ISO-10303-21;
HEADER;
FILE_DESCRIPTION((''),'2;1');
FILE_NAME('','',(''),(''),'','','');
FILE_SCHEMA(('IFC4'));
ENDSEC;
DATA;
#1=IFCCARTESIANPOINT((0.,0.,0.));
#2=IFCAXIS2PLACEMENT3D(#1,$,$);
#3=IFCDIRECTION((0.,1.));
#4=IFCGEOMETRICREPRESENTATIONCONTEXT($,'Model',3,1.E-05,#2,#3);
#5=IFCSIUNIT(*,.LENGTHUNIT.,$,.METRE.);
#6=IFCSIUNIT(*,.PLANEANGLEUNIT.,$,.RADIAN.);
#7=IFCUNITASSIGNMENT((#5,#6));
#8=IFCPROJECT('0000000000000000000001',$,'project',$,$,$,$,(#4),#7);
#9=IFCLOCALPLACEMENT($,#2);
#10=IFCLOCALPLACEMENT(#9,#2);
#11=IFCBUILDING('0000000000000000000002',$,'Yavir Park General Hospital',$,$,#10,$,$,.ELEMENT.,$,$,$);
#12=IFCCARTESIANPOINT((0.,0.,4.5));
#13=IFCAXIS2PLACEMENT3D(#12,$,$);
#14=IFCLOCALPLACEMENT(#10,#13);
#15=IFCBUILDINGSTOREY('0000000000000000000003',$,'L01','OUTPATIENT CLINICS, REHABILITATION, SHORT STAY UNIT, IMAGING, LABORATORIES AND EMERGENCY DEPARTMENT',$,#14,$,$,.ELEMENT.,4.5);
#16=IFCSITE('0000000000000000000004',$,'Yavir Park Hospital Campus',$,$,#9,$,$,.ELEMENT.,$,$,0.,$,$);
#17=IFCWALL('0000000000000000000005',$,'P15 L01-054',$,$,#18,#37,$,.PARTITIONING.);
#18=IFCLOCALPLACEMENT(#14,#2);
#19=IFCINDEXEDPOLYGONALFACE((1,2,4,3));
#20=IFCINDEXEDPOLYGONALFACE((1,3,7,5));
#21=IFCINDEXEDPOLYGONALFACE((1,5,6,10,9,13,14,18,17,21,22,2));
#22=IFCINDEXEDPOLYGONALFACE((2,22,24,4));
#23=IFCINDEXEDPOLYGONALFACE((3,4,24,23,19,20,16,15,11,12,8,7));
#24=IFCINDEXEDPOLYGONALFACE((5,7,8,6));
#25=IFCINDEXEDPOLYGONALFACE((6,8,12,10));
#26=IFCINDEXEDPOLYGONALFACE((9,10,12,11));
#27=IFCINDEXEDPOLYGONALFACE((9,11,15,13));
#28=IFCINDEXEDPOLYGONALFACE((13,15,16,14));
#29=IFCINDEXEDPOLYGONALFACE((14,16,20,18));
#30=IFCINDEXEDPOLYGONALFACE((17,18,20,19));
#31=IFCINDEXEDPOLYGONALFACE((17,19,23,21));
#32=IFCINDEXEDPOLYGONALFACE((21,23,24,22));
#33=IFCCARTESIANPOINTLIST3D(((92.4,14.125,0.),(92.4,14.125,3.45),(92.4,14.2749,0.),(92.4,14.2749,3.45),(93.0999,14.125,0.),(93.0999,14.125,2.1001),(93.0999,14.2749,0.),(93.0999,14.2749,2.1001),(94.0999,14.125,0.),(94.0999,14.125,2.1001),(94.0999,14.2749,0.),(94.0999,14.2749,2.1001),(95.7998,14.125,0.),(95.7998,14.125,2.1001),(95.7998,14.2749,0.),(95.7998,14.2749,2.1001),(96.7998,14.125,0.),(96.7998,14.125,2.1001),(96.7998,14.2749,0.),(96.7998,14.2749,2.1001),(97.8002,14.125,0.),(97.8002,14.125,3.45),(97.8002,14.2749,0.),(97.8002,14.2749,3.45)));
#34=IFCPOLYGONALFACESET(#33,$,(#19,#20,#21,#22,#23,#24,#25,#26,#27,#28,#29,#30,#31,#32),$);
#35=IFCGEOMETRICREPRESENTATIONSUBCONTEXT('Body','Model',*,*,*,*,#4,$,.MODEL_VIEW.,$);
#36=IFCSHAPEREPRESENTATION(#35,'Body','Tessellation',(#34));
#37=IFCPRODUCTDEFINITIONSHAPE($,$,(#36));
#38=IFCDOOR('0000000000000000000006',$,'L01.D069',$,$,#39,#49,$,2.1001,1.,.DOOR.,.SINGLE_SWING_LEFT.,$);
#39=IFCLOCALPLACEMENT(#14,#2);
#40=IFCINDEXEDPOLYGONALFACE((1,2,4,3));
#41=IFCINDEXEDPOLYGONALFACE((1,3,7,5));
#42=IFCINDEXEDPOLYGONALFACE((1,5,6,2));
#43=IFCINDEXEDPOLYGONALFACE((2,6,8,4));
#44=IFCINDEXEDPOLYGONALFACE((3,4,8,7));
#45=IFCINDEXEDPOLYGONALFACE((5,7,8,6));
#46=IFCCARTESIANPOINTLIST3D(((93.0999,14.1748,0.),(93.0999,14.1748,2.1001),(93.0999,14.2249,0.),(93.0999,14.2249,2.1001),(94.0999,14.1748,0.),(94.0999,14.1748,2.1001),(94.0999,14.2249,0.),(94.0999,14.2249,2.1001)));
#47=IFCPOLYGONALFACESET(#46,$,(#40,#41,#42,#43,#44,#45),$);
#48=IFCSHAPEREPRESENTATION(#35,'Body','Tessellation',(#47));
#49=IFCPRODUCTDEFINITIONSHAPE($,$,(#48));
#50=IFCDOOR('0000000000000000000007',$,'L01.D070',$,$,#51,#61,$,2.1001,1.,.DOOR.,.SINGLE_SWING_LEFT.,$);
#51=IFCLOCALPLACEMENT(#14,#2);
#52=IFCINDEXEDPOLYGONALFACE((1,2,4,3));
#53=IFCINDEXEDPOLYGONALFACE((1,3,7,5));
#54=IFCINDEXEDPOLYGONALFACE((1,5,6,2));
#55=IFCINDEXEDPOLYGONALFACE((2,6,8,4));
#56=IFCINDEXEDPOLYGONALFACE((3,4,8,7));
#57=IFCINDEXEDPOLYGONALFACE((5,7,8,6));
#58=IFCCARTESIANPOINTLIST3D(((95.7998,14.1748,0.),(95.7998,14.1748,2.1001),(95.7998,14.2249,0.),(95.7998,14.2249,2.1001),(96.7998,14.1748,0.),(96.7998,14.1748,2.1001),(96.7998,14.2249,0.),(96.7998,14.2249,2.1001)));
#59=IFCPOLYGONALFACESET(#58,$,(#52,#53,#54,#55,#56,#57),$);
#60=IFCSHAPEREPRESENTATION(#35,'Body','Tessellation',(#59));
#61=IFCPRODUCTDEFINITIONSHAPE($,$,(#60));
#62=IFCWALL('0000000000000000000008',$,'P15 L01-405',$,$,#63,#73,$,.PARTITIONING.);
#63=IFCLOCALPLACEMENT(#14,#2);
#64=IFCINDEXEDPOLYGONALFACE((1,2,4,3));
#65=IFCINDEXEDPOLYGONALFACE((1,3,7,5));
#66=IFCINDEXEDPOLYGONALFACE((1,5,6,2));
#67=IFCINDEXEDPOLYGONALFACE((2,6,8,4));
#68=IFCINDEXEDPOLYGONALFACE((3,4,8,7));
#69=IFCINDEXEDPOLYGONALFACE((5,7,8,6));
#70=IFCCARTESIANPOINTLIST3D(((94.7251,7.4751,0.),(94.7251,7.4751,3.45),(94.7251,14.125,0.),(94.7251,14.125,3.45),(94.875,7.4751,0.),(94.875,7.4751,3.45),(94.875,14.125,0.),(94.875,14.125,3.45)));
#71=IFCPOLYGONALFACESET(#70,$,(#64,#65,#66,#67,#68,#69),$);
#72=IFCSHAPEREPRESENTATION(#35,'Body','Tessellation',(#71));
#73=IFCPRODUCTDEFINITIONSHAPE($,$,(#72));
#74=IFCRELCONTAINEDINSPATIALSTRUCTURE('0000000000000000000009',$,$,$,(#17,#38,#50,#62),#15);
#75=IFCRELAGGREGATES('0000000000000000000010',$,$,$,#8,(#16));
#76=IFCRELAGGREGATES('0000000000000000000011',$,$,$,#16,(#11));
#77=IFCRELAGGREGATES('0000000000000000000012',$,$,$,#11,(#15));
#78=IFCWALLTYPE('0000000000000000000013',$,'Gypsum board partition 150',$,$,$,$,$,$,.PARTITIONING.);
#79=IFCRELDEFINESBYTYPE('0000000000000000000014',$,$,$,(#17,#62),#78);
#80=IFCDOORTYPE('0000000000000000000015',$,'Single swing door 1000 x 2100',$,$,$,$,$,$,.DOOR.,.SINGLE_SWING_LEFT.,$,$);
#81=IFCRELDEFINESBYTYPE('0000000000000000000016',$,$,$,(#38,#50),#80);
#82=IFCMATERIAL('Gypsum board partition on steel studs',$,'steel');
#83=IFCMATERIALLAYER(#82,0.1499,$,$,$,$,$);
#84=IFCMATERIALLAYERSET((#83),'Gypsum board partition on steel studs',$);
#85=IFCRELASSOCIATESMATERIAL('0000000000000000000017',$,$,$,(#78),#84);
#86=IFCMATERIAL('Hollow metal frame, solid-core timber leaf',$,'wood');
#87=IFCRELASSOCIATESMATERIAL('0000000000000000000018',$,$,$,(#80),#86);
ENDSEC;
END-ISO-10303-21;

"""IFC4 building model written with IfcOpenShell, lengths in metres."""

from ifc_helpers import new_model, si_unit, direction, frame, frame_2d, origin, place, context, subcontext, project, spatial, rectangle, extrude, material, layer, layer_set, type_object, element, fill, save


model = new_model("IFC4")

# Units and contexts
model_context = context("Model", 3, precision=1e-05, world=origin(), true_north=direction((0.0, 1.0)))
body_context = subcontext(model_context, "Body", "Model", "MODEL_VIEW")
ifc_project = project(units=[si_unit("LENGTHUNIT", "METRE"), si_unit("PLANEANGLEUNIT", "RADIAN")], contexts=[model_context])

# Site, building, storey
site_placement = place(None, origin())
site = spatial("IfcSite", under=ifc_project, at=site_placement, Name="Yavir Park Hospital Campus", CompositionType="ELEMENT", RefElevation=0.0)
building_placement = place(site_placement, origin())
building = spatial("IfcBuilding", under=site, at=building_placement, Name="Yavir Park General Hospital", CompositionType="ELEMENT")
storey_placement = place(building_placement, frame((0.0, 0.0, 4.5)))
storey = spatial("IfcBuildingStorey", under=building, at=storey_placement, Name="L01", Description="OUTPATIENT CLINICS, REHABILITATION, SHORT STAY UNIT, IMAGING, LABORATORIES AND EMERGENCY DEPARTMENT", CompositionType="ELEMENT", Elevation=4.5)

# Shared definitions
ifc_material_1 = material(Name="Gypsum board partition on steel studs", Category="steel")
ifc_layer_1 = layer(ifc_material_1, 0.1499)
ifc_layer_set_1 = layer_set([ifc_layer_1], Name="Gypsum board partition on steel studs")
wall_type_1 = type_object("IfcWallType", Name="Gypsum board partition 150", PredefinedType="PARTITIONING", material=ifc_layer_set_1)
ifc_material_2 = material(Name="Hollow metal frame, solid-core timber leaf", Category="wood")
door_type_1 = type_object("IfcDoorType", Name="Single swing door 1000 x 2100", OperationType="SINGLE_SWING_LEFT", PredefinedType="DOOR", material=ifc_material_2)

# Wall, openings, doors
wall_1_placement = place(storey_placement, frame((92.3999, 14.2, 0.0), z_axis=(0.0, 0.0, 1.0), x_axis=(1.0, 0.0, 0.0)))
wall_1 = element("IfcWall", 1, at=wall_1_placement, inside=storey, type_object=wall_type_1, Name="P15 L01-054", PredefinedType="PARTITIONING", context=body_context, shape_type="SweptSolid", body=[
    extrude(rectangle(XDim=5.4001, YDim=0.1499, at=frame_2d((2.7002, 0.0))), origin(), (0.0, 0.0, 1.0), 3.45),
])
opening_1_placement = place(wall_1_placement, frame((0.7, 0.0, 0.0)))
opening_1 = element("IfcOpeningElement", 2, at=opening_1_placement, cuts=wall_1, PredefinedType="OPENING", context=body_context, shape_type="SweptSolid", body=[
    extrude(rectangle(XDim=1.0, YDim=2.1001, at=frame_2d((0.5, 1.05))), frame((0.0, 0.085, 0.0), z_axis=(0.0, -1.0, 0.0), x_axis=(1.0, 0.0, 0.0)), (0.0, 0.0, 1.0), 0.1699),
])
opening_2_placement = place(wall_1_placement, frame((3.3999, 0.0, 0.0)))
opening_2 = element("IfcOpeningElement", 3, at=opening_2_placement, cuts=wall_1, PredefinedType="OPENING", context=body_context, shape_type="SweptSolid", body=[
    extrude(rectangle(XDim=1.0, YDim=2.1001, at=frame_2d((0.5, 1.05))), frame((0.0, 0.085, 0.0), z_axis=(0.0, -1.0, 0.0), x_axis=(1.0, 0.0, 0.0)), (0.0, 0.0, 1.0), 0.1699),
])
door_1_placement = place(opening_1_placement, origin())
door_1 = element("IfcDoor", 4, at=door_1_placement, inside=storey, type_object=door_type_1, Name="L01.D069", OperationType="SINGLE_SWING_LEFT", OverallHeight=2.1001, OverallWidth=1.0, PredefinedType="DOOR", context=body_context, shape_type="SweptSolid", body=[
    extrude(rectangle(XDim=1.0, YDim=2.1001, at=frame_2d((0.5, 1.05))), frame((0.0, 0.0249, 0.0), z_axis=(0.0, -1.0, 0.0), x_axis=(1.0, 0.0, 0.0)), (0.0, 0.0, 1.0), 0.05),
])
fill(opening_1, door_1)
door_2_placement = place(opening_2_placement, origin())
door_2 = element("IfcDoor", 5, at=door_2_placement, inside=storey, type_object=door_type_1, Name="L01.D070", OperationType="SINGLE_SWING_LEFT", OverallHeight=2.1001, OverallWidth=1.0, PredefinedType="DOOR", context=body_context, shape_type="SweptSolid", body=[
    extrude(rectangle(XDim=1.0, YDim=2.1001, at=frame_2d((0.5, 1.05))), frame((0.0, 0.0249, 0.0), z_axis=(0.0, -1.0, 0.0), x_axis=(1.0, 0.0, 0.0)), (0.0, 0.0, 1.0), 0.05),
])
fill(opening_2, door_2)

# Wall
wall_2_placement = place(storey_placement, frame((94.8, 7.4751, 0.0), z_axis=(0.0, 0.0, 1.0), x_axis=(0.0, 1.0, 0.0)))
element("IfcWall", 6, at=wall_2_placement, inside=storey, type_object=wall_type_1, Name="P15 L01-405", PredefinedType="PARTITIONING", context=body_context, shape_type="SweptSolid", body=[
    extrude(rectangle(XDim=6.6499, YDim=0.1499, at=frame_2d((3.325, 0.0))), origin(), (0.0, 0.0, 1.0), 3.45),
])

save(model, "model.ifc")
